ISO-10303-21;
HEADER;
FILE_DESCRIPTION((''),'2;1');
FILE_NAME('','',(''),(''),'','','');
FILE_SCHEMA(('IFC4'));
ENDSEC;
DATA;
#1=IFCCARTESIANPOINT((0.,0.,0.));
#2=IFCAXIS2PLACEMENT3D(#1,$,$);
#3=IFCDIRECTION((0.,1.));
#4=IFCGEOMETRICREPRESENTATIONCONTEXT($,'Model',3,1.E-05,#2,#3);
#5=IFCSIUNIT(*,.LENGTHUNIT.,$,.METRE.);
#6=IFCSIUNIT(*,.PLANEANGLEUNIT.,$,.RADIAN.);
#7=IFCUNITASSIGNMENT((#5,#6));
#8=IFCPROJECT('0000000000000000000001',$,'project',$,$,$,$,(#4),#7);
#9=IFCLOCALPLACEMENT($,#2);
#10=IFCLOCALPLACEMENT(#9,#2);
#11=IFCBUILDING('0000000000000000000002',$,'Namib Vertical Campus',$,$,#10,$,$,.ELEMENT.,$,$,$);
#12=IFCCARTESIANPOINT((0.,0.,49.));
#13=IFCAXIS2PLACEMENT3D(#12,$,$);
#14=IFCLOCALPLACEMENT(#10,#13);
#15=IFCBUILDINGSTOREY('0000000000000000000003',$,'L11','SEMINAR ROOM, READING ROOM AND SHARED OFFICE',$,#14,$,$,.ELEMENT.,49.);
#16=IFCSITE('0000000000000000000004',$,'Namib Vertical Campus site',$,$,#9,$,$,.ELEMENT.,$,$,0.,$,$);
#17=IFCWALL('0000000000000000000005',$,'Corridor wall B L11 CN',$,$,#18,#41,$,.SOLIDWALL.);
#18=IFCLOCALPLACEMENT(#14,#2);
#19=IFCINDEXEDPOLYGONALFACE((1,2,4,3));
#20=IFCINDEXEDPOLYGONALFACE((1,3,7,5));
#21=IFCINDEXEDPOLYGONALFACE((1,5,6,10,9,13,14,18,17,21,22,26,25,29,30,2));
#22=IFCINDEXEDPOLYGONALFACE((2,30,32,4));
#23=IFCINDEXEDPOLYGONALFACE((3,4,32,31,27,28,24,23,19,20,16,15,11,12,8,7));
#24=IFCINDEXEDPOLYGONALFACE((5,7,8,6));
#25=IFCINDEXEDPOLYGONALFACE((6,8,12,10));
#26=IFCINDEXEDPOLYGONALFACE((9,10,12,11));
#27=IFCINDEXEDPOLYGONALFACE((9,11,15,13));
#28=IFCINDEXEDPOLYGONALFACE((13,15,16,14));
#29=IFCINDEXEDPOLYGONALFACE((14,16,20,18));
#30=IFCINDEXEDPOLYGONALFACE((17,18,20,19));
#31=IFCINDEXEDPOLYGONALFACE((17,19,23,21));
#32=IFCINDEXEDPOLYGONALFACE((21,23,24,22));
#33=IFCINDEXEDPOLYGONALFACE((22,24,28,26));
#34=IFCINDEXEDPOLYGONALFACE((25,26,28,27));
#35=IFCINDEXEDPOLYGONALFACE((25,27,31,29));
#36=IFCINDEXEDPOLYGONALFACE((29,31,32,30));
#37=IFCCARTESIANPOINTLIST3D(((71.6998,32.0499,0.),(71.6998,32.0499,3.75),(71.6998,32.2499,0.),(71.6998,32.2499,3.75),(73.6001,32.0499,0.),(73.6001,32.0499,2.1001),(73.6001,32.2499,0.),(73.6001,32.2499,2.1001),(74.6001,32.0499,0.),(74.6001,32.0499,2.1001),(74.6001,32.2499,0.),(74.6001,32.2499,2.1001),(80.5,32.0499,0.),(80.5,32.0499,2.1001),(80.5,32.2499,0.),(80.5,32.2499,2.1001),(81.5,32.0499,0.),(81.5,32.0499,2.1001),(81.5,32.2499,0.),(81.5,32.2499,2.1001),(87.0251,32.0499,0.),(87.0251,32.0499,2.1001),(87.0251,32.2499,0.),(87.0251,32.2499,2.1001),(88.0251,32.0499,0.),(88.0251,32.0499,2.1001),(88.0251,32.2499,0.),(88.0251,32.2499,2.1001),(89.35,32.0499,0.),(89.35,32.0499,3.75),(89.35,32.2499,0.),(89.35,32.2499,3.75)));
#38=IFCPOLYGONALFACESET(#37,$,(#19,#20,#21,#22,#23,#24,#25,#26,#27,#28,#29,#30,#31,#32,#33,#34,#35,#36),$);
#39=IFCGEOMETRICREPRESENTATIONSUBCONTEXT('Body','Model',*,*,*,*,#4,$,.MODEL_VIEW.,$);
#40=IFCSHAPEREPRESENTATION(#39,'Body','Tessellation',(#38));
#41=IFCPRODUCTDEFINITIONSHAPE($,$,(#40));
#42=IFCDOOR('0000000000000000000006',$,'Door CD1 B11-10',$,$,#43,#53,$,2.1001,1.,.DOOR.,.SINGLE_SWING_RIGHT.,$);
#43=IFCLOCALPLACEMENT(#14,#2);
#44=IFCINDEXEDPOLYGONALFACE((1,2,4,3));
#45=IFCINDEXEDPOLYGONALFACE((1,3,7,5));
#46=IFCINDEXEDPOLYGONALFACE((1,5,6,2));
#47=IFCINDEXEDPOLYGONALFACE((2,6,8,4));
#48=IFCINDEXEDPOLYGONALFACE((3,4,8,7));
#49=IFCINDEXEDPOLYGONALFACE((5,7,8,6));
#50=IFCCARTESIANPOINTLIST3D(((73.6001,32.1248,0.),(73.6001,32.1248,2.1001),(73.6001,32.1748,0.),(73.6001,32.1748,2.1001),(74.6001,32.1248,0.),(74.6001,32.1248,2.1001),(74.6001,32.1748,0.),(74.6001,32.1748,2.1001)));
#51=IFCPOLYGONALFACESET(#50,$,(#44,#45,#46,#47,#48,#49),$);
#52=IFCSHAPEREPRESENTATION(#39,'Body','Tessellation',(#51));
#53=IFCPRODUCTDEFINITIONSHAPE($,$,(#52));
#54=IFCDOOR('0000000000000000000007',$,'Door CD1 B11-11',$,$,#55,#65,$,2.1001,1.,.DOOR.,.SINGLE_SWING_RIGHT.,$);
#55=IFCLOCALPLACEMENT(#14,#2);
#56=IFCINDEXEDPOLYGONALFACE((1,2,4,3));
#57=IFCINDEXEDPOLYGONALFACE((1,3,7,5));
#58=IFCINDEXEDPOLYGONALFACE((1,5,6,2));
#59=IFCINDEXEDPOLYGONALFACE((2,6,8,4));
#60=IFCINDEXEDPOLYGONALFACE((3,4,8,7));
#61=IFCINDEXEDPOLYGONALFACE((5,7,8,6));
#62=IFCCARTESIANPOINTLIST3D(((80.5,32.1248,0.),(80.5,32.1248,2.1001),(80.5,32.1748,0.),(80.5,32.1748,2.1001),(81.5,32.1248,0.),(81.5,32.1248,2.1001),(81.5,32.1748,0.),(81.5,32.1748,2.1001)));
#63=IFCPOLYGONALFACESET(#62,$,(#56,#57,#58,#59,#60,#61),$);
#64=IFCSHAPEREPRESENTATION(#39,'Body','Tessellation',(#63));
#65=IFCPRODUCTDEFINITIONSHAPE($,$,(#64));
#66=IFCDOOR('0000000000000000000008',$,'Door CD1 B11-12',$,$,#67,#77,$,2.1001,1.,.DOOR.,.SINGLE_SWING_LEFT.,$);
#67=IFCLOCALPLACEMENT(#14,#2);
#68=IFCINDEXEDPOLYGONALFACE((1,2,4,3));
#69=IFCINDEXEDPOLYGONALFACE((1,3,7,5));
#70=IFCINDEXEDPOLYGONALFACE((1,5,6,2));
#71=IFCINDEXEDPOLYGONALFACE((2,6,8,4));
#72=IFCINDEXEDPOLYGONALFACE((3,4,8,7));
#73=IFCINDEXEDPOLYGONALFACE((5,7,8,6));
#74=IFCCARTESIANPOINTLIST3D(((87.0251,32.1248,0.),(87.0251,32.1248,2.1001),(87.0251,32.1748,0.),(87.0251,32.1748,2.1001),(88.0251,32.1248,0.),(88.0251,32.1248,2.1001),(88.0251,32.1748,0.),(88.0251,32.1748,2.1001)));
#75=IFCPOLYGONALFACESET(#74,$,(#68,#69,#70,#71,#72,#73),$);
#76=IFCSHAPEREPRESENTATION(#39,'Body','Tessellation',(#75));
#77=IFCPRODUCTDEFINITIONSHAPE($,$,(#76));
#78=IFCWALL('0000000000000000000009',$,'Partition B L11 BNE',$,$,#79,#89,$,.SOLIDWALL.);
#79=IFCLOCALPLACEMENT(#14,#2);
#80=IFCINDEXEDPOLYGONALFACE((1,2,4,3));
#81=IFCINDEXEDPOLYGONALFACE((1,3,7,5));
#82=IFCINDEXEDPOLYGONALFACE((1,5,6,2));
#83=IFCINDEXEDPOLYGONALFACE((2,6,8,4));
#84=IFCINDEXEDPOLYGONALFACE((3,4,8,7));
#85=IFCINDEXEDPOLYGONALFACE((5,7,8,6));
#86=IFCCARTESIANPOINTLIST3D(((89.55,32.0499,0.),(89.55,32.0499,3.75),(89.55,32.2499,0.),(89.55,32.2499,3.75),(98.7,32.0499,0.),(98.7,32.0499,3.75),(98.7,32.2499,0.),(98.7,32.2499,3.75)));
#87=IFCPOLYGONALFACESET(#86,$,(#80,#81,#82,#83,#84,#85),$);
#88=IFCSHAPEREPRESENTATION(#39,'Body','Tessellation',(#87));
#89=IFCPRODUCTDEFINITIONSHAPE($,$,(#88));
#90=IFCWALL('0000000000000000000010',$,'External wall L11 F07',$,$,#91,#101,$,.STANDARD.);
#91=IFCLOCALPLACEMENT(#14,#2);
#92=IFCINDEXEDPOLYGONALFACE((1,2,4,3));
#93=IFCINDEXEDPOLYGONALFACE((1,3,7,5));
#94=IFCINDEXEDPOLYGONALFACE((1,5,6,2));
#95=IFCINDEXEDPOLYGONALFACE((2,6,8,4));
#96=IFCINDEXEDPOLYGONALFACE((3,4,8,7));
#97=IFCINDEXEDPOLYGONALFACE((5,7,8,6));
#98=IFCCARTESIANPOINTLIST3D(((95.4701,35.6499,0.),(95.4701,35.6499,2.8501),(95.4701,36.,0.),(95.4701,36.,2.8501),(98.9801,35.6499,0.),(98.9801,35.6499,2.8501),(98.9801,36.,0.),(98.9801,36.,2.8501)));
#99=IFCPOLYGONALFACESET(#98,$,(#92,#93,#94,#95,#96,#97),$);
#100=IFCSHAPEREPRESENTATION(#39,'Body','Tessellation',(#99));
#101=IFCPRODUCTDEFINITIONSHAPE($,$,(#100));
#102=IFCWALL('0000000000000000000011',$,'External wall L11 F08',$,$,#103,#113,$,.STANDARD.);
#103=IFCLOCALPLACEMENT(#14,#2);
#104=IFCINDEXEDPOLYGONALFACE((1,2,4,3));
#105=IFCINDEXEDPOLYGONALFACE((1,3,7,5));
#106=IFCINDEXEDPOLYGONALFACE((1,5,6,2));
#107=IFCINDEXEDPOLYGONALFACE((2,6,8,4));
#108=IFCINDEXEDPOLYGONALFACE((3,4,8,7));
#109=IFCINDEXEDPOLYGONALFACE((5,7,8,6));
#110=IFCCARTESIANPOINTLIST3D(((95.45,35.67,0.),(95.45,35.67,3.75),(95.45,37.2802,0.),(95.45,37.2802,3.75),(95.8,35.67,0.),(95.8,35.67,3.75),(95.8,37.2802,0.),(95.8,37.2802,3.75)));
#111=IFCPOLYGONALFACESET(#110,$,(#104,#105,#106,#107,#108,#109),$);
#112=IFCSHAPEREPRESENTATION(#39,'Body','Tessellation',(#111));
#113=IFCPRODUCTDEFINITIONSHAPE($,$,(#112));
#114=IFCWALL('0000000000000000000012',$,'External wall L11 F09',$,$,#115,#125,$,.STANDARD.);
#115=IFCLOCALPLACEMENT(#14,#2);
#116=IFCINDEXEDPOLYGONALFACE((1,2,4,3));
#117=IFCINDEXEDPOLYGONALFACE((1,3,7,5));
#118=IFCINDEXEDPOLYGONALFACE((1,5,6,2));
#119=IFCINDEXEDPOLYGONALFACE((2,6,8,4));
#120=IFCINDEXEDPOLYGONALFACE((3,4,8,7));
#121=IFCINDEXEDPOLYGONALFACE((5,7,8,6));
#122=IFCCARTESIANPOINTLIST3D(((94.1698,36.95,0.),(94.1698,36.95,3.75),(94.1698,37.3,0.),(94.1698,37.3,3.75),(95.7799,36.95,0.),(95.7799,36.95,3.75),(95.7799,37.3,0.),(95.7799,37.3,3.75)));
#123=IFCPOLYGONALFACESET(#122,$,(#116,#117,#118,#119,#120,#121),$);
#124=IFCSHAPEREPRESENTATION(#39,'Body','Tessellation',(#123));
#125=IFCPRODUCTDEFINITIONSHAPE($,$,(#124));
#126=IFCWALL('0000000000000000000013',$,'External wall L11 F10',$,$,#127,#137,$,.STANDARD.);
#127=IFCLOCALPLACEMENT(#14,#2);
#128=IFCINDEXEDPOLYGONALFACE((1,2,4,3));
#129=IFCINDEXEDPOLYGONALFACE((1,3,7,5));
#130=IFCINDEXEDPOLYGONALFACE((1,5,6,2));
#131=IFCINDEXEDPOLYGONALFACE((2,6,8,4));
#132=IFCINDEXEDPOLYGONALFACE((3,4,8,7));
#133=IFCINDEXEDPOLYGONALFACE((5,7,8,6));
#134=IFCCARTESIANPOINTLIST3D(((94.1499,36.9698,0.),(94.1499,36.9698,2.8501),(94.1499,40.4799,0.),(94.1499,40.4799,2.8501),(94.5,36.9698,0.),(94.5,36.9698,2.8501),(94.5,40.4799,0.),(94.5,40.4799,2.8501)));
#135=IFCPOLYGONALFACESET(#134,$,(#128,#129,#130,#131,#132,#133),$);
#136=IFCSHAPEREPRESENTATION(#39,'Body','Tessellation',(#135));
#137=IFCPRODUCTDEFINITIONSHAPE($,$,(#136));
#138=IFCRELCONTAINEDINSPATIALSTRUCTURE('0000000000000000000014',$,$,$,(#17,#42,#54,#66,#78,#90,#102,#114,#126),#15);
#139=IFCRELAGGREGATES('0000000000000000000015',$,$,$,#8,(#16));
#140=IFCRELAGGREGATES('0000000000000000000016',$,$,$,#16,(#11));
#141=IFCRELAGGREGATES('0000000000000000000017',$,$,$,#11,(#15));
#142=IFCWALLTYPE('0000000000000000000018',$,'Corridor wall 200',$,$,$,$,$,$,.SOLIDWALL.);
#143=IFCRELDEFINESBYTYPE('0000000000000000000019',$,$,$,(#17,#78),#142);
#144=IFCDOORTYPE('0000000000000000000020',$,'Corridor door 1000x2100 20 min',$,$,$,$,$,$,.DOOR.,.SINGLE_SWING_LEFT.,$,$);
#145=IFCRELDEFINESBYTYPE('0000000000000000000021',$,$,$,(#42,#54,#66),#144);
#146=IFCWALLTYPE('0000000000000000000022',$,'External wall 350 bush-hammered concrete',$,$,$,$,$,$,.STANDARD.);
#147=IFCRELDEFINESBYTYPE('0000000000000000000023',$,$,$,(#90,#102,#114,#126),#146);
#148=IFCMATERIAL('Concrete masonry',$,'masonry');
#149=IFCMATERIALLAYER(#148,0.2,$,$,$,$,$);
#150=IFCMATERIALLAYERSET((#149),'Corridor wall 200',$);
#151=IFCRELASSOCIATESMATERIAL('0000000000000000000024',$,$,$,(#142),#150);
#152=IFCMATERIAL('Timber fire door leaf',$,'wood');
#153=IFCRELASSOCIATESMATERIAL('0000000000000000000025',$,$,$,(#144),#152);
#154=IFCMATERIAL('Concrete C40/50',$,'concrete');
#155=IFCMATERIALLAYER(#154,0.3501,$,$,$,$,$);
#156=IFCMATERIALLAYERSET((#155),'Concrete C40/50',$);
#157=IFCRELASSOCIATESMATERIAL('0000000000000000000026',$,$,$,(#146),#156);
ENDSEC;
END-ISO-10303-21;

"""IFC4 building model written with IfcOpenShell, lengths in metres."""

from ifc_helpers import new_model, si_unit, direction, frame, frame_2d, origin, place, context, subcontext, project, spatial, rectangle, extrude, material, layer, layer_set, type_object, element, fill, save


model = new_model("IFC4")

# Units and contexts
model_context = context("Model", 3, precision=1e-05, world=origin(), true_north=direction((0.0, 1.0)))
body_context = subcontext(model_context, "Body", "Model", "MODEL_VIEW")
ifc_project = project(units=[si_unit("LENGTHUNIT", "METRE"), si_unit("PLANEANGLEUNIT", "RADIAN")], contexts=[model_context])

# Site, building, storey
site_placement = place(None, origin())
site = spatial("IfcSite", under=ifc_project, at=site_placement, Name="Namib Vertical Campus site", CompositionType="ELEMENT", RefElevation=0.0)
building_placement = place(site_placement, origin())
building = spatial("IfcBuilding", under=site, at=building_placement, Name="Namib Vertical Campus", CompositionType="ELEMENT")
storey_placement = place(building_placement, frame((0.0, 0.0, 49.0)))
storey = spatial("IfcBuildingStorey", under=building, at=storey_placement, Name="L11", Description="SEMINAR ROOM, READING ROOM AND SHARED OFFICE", CompositionType="ELEMENT", Elevation=49.0)

# Wall, openings, doors
ifc_material_1 = material(Name="Concrete masonry", Category="masonry")
ifc_layer_1 = layer(ifc_material_1, 0.2)
ifc_layer_set_1 = layer_set([ifc_layer_1], Name="Corridor wall 200")
wall_type_1 = type_object("IfcWallType", Name="Corridor wall 200", PredefinedType="SOLIDWALL", material=ifc_layer_set_1)
wall_1_placement = place(storey_placement, frame((89.3501, 32.1499, 0.0), z_axis=(0.0, 0.0, 1.0), x_axis=(-1.0, 0.0, 0.0)))
wall_1 = element("IfcWall", 1, at=wall_1_placement, inside=storey, type_object=wall_type_1, Name="Corridor wall B L11 CN", PredefinedType="SOLIDWALL", context=body_context, shape_type="SweptSolid", body=[
    extrude(rectangle(XDim=17.6501, YDim=0.2, at=frame_2d((8.8252, 0.0))), origin(), (0.0, 0.0, 1.0), 3.75),
])
opening_1_placement = place(wall_1_placement, frame((14.75, 0.0, 0.0)))
opening_1 = element("IfcOpeningElement", 2, at=opening_1_placement, cuts=wall_1, PredefinedType="OPENING", context=body_context, shape_type="SweptSolid", body=[
    extrude(rectangle(XDim=1.0, YDim=2.1001, at=frame_2d((0.5, 1.05))), frame((0.0, 0.1099, 0.0), z_axis=(0.0, -1.0, 0.0), x_axis=(1.0, 0.0, 0.0)), (0.0, 0.0, 1.0), 0.22),
])
opening_2_placement = place(wall_1_placement, frame((7.8501, 0.0, 0.0)))
opening_2 = element("IfcOpeningElement", 3, at=opening_2_placement, cuts=wall_1, PredefinedType="OPENING", context=body_context, shape_type="SweptSolid", body=[
    extrude(rectangle(XDim=1.0, YDim=2.1001, at=frame_2d((0.5, 1.05))), frame((0.0, 0.1099, 0.0), z_axis=(0.0, -1.0, 0.0), x_axis=(1.0, 0.0, 0.0)), (0.0, 0.0, 1.0), 0.22),
])
opening_3_placement = place(wall_1_placement, frame((1.325, 0.0, 0.0)))
opening_3 = element("IfcOpeningElement", 4, at=opening_3_placement, cuts=wall_1, PredefinedType="OPENING", context=body_context, shape_type="SweptSolid", body=[
    extrude(rectangle(XDim=1.0, YDim=2.1001, at=frame_2d((0.5, 1.05))), frame((0.0, 0.1099, 0.0), z_axis=(0.0, -1.0, 0.0), x_axis=(1.0, 0.0, 0.0)), (0.0, 0.0, 1.0), 0.22),
])
ifc_material_2 = material(Name="Timber fire door leaf", Category="wood")
door_type = type_object("IfcDoorType", Name="Corridor door 1000x2100 20 min", OperationType="SINGLE_SWING_LEFT", PredefinedType="DOOR", material=ifc_material_2)
door_1_placement = place(opening_1_placement, frame((1.0, 0.0, 0.0), z_axis=(0.0, 0.0, 1.0), x_axis=(-1.0, 0.0, 0.0)))
door_1 = element("IfcDoor", 5, at=door_1_placement, inside=storey, type_object=door_type, Name="Door CD1 B11-10", OperationType="SINGLE_SWING_RIGHT", OverallHeight=2.1001, OverallWidth=1.0, PredefinedType="DOOR", context=body_context, shape_type="SweptSolid", body=[
    extrude(rectangle(XDim=1.0, YDim=2.1001, at=frame_2d((0.5, 1.05))), frame((0.0, 0.0249, 0.0), z_axis=(0.0, -1.0, 0.0), x_axis=(1.0, 0.0, 0.0)), (0.0, 0.0, 1.0), 0.05),
])
fill(opening_1, door_1)
door_2_placement = place(opening_2_placement, frame((1.0, 0.0, 0.0), z_axis=(0.0, 0.0, 1.0), x_axis=(-1.0, 0.0, 0.0)))
door_2 = element("IfcDoor", 6, at=door_2_placement, inside=storey, type_object=door_type, Name="Door CD1 B11-11", OperationType="SINGLE_SWING_RIGHT", OverallHeight=2.1001, OverallWidth=1.0, PredefinedType="DOOR", context=body_context, shape_type="SweptSolid", body=[
    extrude(rectangle(XDim=1.0, YDim=2.1001, at=frame_2d((0.5, 1.05))), frame((0.0, 0.0249, 0.0), z_axis=(0.0, -1.0, 0.0), x_axis=(1.0, 0.0, 0.0)), (0.0, 0.0, 1.0), 0.05),
])
fill(opening_2, door_2)
door_3_placement = place(opening_3_placement, frame((1.0, 0.0, 0.0), z_axis=(0.0, 0.0, 1.0), x_axis=(-1.0, 0.0, 0.0)))
door_3 = element("IfcDoor", 7, at=door_3_placement, inside=storey, type_object=door_type, Name="Door CD1 B11-12", OperationType="SINGLE_SWING_LEFT", OverallHeight=2.1001, OverallWidth=1.0, PredefinedType="DOOR", context=body_context, shape_type="SweptSolid", body=[
    extrude(rectangle(XDim=1.0, YDim=2.1001, at=frame_2d((0.5, 1.05))), frame((0.0, 0.0249, 0.0), z_axis=(0.0, -1.0, 0.0), x_axis=(1.0, 0.0, 0.0)), (0.0, 0.0, 1.0), 0.05),
])
fill(opening_3, door_3)

# Walls
wall_2_placement = place(storey_placement, frame((89.55, 32.1499, 0.0), z_axis=(0.0, 0.0, 1.0), x_axis=(1.0, 0.0, 0.0)))
element("IfcWall", 8, at=wall_2_placement, inside=storey, type_object=wall_type_1, Name="Partition B L11 BNE", PredefinedType="SOLIDWALL", context=body_context, shape_type="SweptSolid", body=[
    extrude(rectangle(XDim=9.1499, YDim=0.2, at=frame_2d((4.575, 0.0))), origin(), (0.0, 0.0, 1.0), 3.75),
])
ifc_material_3 = material(Name="Concrete C40/50", Category="concrete")
ifc_layer_2 = layer(ifc_material_3, 0.3501)
ifc_layer_set_2 = layer_set([ifc_layer_2], Name="Concrete C40/50")
wall_type_2 = type_object("IfcWallType", Name="External wall 350 bush-hammered concrete", PredefinedType="STANDARD", material=ifc_layer_set_2)
wall_3_placement = place(storey_placement, frame((98.98, 35.825, 0.0), z_axis=(0.0, 0.0, 1.0), x_axis=(-1.0, 0.0, 0.0)))
element("IfcWall", 9, at=wall_3_placement, inside=storey, type_object=wall_type_2, Name="External wall L11 F07", PredefinedType="STANDARD", context=body_context, shape_type="SweptSolid", body=[
    extrude(rectangle(XDim=3.51, YDim=0.3501, at=frame_2d((1.7549, 0.0))), origin(), (0.0, 0.0, 1.0), 2.8501),
])
for number, where, z_axis, x_axis, name in (
    (10, (95.625, 35.6699, 0.0), (0.0, 0.0, 1.0), (0.0, 1.0, 0.0), "External wall L11 F08"),
    (11, (95.78, 37.125, 0.0), (0.0, 0.0, 1.0), (-1.0, 0.0, 0.0), "External wall L11 F09"),
):
    element("IfcWall", number, at=place(storey_placement, frame(where, z_axis=z_axis, x_axis=x_axis)), inside=storey, type_object=wall_type_2, Name=name, PredefinedType="STANDARD", context=body_context, shape_type="SweptSolid", body=[
        extrude(rectangle(XDim=1.6101, YDim=0.3501, at=frame_2d((0.8052, 0.0))), origin(), (0.0, 0.0, 1.0), 3.75),
    ])
wall_4_placement = place(storey_placement, frame((94.325, 36.97, 0.0), z_axis=(0.0, 0.0, 1.0), x_axis=(0.0, 1.0, 0.0)))
element("IfcWall", 12, at=wall_4_placement, inside=storey, type_object=wall_type_2, Name="External wall L11 F10", PredefinedType="STANDARD", context=body_context, shape_type="SweptSolid", body=[
    extrude(rectangle(XDim=3.51, YDim=0.3501, at=frame_2d((1.7549, 0.0))), origin(), (0.0, 0.0, 1.0), 2.8501),
])

save(model, "model.ifc")
